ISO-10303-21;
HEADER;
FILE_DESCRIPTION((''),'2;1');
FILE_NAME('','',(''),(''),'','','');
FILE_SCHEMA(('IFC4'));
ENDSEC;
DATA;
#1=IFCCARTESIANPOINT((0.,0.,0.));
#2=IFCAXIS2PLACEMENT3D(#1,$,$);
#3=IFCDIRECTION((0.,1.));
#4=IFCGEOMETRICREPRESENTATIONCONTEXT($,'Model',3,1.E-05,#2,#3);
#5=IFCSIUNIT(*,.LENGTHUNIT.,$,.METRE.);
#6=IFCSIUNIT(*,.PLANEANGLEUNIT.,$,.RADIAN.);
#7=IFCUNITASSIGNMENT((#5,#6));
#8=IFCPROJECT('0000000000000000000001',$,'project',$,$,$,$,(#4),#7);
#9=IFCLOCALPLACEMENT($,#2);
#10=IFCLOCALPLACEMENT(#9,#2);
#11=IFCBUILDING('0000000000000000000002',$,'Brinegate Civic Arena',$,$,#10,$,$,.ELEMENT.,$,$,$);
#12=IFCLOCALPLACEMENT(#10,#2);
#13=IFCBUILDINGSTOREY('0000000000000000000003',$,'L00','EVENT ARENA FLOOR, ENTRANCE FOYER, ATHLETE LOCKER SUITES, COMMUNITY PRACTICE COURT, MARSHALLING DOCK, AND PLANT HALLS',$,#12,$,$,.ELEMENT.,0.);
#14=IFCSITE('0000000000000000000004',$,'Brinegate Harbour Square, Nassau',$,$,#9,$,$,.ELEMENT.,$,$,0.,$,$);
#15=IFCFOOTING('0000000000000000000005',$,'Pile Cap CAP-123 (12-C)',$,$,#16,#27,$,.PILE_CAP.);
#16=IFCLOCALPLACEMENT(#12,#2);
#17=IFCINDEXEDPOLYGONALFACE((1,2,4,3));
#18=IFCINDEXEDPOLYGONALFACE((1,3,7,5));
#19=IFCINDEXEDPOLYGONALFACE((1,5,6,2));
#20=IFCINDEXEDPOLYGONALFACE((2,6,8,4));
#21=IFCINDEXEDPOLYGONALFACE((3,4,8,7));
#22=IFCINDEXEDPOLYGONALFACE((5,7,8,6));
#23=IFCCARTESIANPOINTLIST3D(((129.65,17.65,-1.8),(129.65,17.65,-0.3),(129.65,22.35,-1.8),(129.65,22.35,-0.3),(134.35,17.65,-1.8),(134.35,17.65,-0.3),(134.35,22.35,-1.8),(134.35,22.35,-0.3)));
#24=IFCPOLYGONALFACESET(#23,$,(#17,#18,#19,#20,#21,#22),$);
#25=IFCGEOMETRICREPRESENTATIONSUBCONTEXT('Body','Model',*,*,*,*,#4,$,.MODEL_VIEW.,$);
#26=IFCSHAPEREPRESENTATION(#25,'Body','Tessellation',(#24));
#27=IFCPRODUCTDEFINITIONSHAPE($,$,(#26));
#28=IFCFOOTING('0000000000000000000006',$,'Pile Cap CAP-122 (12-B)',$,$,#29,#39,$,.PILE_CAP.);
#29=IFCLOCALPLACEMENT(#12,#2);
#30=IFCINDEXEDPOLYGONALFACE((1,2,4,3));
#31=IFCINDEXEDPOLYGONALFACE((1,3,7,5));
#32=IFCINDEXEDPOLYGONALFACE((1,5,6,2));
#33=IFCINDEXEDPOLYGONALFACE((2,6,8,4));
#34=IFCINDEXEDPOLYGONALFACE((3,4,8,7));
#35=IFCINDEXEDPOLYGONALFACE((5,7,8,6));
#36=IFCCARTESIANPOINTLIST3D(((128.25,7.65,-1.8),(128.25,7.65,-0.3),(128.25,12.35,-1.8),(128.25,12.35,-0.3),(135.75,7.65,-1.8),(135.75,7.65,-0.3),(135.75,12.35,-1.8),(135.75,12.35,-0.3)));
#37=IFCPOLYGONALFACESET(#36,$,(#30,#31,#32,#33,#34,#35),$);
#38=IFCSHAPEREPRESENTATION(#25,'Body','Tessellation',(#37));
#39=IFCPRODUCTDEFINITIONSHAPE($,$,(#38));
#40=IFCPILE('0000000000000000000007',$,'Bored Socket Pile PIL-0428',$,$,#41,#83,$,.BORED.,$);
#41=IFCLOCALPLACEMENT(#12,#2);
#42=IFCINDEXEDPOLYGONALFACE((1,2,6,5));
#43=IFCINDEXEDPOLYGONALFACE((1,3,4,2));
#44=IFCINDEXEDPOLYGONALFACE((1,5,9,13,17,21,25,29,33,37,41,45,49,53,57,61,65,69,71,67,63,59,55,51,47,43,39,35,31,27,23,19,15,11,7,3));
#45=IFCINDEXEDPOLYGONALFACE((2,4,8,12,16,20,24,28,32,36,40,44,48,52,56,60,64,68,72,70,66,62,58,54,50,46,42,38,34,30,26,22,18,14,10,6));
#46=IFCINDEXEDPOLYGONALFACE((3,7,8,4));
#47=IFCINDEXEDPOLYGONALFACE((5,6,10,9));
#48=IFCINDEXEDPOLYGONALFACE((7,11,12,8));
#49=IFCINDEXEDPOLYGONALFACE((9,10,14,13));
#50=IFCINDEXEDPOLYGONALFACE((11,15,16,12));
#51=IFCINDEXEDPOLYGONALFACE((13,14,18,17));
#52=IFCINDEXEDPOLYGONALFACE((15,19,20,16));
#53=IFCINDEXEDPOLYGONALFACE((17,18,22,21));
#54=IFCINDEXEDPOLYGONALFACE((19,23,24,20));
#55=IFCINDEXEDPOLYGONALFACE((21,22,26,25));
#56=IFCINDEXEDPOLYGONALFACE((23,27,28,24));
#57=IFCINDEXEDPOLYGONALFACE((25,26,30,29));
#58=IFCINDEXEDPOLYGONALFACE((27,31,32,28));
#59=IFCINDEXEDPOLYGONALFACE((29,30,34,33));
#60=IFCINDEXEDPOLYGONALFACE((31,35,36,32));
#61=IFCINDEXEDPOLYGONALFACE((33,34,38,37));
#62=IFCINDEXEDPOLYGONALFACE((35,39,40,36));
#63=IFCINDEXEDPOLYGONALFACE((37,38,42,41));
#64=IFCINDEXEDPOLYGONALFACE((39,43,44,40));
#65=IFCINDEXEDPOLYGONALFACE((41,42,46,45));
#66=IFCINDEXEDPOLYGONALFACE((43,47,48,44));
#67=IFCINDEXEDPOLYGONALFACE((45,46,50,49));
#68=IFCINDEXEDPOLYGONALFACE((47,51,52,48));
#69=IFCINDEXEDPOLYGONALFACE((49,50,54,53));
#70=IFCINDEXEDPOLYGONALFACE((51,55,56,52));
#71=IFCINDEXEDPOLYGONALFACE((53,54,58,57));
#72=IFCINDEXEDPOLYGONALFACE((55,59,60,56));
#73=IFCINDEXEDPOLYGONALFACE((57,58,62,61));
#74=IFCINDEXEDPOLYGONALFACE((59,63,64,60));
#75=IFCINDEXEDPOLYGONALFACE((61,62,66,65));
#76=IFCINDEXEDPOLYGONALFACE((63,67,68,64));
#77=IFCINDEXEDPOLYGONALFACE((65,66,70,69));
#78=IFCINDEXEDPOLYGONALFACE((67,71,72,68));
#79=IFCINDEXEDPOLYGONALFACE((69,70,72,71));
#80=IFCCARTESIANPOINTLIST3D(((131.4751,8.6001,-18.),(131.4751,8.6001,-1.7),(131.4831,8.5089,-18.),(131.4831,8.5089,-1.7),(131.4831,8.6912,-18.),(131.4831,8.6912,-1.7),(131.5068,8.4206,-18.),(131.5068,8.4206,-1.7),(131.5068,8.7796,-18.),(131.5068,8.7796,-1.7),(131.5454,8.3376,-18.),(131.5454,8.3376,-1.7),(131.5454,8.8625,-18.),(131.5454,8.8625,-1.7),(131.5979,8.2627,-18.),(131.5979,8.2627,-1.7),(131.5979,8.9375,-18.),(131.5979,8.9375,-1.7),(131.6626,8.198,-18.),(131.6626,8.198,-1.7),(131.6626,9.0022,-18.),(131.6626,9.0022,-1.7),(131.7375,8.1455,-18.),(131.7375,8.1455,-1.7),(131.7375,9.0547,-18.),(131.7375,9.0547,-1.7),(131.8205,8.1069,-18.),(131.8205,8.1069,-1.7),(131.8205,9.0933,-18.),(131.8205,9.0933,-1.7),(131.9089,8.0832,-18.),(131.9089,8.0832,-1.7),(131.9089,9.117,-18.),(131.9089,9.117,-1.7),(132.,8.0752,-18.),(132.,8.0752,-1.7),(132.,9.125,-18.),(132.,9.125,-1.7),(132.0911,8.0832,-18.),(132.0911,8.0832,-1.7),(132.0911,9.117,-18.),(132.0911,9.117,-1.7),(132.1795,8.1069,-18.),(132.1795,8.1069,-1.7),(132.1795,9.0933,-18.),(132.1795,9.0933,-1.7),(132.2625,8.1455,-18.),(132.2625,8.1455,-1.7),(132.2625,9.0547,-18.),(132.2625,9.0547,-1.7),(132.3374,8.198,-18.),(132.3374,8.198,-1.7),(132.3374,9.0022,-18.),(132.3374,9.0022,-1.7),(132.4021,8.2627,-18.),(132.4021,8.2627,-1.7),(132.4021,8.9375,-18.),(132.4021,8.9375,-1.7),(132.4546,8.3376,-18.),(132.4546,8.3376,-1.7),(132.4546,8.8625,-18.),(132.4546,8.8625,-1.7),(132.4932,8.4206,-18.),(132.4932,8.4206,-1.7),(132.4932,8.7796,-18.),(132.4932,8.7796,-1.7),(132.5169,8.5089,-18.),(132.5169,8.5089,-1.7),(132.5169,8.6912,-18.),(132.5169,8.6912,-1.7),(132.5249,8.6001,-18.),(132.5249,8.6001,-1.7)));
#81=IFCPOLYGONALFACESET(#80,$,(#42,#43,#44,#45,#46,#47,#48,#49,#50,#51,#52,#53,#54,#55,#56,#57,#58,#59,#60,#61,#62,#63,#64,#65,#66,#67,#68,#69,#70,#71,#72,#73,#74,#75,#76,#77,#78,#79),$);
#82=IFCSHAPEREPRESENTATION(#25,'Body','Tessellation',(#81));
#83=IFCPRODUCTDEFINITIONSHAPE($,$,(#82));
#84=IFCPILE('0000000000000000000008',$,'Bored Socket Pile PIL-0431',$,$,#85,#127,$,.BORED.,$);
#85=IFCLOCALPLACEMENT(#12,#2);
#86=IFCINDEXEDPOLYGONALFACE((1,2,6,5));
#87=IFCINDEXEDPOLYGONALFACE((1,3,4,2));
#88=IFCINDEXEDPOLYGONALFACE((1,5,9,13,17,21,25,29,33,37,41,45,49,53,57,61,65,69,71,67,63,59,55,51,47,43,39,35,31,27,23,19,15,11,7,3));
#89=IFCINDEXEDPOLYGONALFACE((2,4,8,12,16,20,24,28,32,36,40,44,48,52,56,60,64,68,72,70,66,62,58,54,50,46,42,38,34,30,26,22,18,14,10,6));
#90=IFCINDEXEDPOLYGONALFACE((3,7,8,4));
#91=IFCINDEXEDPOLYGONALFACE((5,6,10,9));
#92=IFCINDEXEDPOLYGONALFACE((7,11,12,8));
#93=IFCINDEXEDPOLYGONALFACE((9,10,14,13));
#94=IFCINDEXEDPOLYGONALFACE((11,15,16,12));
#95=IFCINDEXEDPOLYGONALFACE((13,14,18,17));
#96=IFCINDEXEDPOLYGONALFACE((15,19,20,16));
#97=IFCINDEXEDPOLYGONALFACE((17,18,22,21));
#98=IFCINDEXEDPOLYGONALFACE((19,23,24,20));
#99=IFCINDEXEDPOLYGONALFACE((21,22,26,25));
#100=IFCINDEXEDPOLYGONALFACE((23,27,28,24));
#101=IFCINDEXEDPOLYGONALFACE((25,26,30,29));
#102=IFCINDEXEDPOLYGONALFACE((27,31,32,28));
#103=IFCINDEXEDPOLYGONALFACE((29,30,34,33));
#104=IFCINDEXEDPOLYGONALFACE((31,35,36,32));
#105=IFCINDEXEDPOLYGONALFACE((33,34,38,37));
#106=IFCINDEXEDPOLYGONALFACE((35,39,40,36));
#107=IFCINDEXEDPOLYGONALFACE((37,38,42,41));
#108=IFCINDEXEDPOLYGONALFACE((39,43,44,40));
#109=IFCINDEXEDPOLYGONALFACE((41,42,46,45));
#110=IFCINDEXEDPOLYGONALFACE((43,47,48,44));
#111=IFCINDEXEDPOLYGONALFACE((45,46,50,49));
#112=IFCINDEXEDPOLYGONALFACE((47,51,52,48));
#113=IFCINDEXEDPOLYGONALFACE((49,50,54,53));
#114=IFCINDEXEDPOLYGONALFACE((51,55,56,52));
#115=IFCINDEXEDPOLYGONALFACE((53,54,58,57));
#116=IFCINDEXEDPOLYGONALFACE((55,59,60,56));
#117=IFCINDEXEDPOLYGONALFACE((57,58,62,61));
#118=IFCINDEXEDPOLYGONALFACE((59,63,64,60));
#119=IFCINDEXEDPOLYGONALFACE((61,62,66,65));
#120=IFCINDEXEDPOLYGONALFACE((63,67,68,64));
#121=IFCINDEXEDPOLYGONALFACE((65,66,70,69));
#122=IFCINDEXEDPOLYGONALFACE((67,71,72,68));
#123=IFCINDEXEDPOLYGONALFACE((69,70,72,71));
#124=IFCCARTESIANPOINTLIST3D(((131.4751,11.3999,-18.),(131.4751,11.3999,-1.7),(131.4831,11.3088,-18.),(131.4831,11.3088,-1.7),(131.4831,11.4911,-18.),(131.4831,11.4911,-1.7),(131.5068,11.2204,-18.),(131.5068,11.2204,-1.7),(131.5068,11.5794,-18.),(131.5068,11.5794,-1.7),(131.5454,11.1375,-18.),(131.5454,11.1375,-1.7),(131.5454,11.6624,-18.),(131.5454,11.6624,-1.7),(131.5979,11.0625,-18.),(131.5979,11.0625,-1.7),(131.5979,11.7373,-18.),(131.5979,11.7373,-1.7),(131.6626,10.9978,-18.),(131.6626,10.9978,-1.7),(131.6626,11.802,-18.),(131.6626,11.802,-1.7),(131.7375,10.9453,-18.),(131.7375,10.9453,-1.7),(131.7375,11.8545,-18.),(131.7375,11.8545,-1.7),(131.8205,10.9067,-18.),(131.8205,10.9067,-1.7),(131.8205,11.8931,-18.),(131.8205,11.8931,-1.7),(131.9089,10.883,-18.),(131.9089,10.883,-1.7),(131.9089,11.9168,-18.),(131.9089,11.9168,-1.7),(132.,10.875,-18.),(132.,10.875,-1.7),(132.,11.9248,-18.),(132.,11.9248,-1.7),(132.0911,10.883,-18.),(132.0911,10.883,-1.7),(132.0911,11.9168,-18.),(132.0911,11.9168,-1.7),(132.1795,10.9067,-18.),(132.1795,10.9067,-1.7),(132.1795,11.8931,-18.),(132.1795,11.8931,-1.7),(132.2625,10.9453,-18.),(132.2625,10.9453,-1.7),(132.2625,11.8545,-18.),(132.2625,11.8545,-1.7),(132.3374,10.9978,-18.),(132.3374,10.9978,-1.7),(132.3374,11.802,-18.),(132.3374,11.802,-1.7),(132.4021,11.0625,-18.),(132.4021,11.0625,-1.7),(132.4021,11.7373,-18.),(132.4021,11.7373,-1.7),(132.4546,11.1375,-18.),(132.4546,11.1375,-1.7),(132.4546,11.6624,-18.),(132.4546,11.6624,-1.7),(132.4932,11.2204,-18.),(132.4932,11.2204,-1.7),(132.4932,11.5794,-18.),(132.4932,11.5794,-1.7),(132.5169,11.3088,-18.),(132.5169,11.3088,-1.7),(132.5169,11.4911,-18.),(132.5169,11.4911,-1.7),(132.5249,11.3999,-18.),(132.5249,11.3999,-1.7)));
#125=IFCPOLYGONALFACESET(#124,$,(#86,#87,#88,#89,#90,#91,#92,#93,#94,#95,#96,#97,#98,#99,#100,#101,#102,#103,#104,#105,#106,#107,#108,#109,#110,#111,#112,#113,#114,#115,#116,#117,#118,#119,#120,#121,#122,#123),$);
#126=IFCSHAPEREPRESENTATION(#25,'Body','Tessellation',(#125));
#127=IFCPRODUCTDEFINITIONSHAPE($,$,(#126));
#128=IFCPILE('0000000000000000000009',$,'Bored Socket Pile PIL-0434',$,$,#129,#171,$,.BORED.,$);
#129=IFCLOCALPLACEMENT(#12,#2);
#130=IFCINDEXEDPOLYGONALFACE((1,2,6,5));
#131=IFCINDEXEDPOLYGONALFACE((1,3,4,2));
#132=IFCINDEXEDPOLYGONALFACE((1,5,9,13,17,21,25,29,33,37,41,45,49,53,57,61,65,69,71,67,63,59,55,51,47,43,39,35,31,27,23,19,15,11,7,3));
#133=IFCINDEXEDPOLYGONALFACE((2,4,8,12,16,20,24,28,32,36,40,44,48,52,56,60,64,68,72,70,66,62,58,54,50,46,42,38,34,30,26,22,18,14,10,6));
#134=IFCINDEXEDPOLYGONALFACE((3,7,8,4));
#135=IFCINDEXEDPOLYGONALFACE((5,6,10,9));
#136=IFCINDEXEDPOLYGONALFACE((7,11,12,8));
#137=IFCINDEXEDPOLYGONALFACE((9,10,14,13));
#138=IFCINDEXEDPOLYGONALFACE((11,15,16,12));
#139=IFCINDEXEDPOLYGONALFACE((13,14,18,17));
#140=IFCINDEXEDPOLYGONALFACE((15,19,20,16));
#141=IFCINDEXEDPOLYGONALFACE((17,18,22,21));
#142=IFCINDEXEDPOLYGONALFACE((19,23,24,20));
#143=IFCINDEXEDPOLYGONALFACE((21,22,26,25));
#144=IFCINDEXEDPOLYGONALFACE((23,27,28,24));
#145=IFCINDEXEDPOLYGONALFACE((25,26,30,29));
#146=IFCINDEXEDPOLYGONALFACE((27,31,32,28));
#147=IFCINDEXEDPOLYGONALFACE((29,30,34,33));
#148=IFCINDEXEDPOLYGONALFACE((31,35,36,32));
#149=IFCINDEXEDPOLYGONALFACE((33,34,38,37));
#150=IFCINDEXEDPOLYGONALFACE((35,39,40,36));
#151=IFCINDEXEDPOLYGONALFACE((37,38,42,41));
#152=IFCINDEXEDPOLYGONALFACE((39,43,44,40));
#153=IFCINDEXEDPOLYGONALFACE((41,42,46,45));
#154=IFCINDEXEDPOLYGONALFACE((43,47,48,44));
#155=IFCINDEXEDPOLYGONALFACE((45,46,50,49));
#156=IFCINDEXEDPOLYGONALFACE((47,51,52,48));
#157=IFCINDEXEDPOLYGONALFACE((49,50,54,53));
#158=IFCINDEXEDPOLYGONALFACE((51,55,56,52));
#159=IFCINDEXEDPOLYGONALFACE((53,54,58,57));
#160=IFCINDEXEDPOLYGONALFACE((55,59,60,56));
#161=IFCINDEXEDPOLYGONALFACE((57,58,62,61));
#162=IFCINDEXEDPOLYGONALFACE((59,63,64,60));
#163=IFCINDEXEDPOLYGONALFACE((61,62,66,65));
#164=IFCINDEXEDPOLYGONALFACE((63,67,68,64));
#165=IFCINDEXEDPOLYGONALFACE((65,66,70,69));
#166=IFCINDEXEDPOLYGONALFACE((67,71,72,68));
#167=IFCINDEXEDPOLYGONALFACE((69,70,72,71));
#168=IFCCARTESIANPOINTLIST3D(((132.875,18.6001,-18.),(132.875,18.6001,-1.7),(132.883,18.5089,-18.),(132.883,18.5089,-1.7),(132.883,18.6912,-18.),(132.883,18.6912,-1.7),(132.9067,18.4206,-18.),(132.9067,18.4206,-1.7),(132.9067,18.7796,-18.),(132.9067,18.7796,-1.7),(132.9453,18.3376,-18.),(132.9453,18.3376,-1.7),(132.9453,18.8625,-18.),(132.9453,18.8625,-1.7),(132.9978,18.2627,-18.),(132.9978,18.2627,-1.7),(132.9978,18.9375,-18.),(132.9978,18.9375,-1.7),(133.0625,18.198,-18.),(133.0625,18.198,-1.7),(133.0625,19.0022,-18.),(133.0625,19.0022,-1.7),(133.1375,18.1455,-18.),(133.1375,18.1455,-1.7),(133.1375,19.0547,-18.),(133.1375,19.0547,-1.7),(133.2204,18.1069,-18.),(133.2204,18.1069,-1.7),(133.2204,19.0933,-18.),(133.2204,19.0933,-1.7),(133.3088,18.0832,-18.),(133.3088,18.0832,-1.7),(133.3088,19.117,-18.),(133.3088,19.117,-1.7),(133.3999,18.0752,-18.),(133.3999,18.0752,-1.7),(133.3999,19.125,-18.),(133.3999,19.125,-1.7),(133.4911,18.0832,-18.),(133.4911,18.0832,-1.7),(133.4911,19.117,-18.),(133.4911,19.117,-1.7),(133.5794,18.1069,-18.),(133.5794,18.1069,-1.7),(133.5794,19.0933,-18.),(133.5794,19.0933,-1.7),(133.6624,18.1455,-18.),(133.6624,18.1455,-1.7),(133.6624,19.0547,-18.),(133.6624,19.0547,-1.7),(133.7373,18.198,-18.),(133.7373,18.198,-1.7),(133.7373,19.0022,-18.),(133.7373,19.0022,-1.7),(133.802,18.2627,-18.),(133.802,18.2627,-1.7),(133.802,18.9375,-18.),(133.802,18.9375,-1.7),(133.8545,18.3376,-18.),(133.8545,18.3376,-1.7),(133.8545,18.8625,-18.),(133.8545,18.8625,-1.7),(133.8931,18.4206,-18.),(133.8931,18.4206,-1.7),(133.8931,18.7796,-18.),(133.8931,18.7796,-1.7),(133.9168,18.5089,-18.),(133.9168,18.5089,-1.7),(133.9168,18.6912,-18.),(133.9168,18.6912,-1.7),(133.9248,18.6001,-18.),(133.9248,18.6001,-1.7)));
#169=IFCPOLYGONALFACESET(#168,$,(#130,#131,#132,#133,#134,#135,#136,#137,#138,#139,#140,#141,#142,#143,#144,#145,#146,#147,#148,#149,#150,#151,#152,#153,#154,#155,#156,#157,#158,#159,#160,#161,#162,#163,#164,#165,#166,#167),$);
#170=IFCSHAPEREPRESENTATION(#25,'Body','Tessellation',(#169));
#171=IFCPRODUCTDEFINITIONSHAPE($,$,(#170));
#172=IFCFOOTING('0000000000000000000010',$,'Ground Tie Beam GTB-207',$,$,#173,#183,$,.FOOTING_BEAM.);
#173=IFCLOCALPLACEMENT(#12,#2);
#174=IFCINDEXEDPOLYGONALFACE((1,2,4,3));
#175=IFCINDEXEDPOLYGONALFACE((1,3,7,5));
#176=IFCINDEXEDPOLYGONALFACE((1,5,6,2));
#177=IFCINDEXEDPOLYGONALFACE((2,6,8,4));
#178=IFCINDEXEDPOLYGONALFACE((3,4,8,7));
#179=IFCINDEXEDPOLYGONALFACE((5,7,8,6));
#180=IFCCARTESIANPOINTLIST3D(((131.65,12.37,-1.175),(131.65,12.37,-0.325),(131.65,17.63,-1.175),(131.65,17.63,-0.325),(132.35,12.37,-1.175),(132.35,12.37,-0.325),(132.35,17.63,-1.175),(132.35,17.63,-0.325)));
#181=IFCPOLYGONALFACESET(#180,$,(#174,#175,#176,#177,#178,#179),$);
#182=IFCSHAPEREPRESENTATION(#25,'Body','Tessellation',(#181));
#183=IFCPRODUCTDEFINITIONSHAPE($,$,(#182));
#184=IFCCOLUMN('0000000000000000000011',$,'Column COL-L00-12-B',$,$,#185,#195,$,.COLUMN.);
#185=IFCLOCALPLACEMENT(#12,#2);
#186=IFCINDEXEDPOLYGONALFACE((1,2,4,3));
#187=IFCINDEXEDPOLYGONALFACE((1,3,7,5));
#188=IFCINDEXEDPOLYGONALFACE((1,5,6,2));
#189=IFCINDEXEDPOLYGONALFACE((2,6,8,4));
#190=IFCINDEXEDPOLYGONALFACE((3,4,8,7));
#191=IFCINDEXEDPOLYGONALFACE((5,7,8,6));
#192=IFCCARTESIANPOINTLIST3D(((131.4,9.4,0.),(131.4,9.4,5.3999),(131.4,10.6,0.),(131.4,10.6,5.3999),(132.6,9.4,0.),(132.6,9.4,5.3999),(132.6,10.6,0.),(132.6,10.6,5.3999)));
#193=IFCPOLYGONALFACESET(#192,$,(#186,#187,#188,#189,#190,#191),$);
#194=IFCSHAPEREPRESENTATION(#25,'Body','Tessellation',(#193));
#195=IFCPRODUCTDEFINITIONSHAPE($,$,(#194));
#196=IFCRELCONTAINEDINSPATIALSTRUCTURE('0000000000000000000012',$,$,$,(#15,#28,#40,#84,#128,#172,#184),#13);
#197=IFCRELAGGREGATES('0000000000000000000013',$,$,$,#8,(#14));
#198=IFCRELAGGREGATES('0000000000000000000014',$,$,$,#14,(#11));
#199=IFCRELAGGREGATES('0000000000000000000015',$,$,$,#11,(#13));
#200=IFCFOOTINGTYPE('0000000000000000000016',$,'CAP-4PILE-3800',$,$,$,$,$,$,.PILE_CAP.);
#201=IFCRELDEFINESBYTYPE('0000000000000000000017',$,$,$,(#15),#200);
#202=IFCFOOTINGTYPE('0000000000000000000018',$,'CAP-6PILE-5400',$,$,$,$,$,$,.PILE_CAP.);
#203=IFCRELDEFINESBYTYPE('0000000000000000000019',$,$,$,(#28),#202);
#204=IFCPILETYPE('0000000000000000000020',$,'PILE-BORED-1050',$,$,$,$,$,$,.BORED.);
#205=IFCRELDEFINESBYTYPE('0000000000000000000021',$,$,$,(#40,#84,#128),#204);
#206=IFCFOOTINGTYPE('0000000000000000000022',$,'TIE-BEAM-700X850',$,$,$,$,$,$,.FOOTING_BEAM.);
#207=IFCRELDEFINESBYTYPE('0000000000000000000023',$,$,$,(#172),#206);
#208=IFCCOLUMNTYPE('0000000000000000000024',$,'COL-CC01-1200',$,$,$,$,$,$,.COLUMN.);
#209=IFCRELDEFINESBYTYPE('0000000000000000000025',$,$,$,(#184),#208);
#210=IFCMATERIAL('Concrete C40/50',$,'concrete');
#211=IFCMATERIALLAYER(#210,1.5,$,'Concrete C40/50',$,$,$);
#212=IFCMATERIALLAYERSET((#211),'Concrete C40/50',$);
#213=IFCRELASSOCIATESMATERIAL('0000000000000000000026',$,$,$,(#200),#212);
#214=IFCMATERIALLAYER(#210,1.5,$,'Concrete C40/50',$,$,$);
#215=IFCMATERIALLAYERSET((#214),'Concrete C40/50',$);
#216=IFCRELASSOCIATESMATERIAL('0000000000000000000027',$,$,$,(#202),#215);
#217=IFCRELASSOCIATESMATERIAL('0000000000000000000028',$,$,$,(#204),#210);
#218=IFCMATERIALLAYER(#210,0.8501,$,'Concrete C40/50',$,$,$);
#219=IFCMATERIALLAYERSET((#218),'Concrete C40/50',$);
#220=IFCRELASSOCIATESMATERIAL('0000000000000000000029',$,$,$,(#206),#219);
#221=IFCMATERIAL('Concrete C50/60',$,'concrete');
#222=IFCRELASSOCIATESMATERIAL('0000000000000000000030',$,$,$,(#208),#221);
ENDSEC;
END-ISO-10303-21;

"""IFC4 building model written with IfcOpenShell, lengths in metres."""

from ifc_helpers import new_model, si_unit, direction, frame, origin, origin_2d, place, context, subcontext, project, spatial, rectangle, circle, extrude, material, layer, layer_set, material_profile, profile_set, type_object, element, save


model = new_model("IFC4")

# Units and contexts
model_context = context("Model", 3, precision=1e-05, world=origin(), true_north=direction((0.0, 1.0)))
body_context = subcontext(model_context, "Body", "Model", "MODEL_VIEW")
ifc_project = project(units=[si_unit("LENGTHUNIT", "METRE"), si_unit("PLANEANGLEUNIT", "RADIAN")], contexts=[model_context])

# Site, building, storey
site_placement = place(None, origin())
site = spatial("IfcSite", under=ifc_project, at=site_placement, Name="Brinegate Harbour Square, Nassau", CompositionType="ELEMENT", RefElevation=0.0)
building_placement = place(site_placement, origin())
building = spatial("IfcBuilding", under=site, at=building_placement, Name="Brinegate Civic Arena", CompositionType="ELEMENT")
storey_placement = place(building_placement, origin())
storey = spatial("IfcBuildingStorey", under=building, at=storey_placement, Name="L00", Description="EVENT ARENA FLOOR, ENTRANCE FOYER, ATHLETE LOCKER SUITES, COMMUNITY PRACTICE COURT, MARSHALLING DOCK, AND PLANT HALLS", CompositionType="ELEMENT", Elevation=0.0)

# Footings
ifc_material_1 = material(Name="Concrete C40/50", Category="concrete")
ifc_layer_1 = layer(ifc_material_1, 1.5, Name="Concrete C40/50")
ifc_layer_set_1 = layer_set([ifc_layer_1], Name="Concrete C40/50")
footing_type_1 = type_object("IfcFootingType", Name="CAP-4PILE-3800", PredefinedType="PILE_CAP", material=ifc_layer_set_1)
footing_1_placement = place(storey_placement, frame((132.0, 20.0, -1.8), z_axis=(0.0, 0.0, 1.0), x_axis=(1.0, 0.0, 0.0)))
element("IfcFooting", 1, at=footing_1_placement, inside=storey, type_object=footing_type_1, Name="Pile Cap CAP-123 (12-C)", PredefinedType="PILE_CAP", context=body_context, shape_type="SweptSolid", body=[
    extrude(rectangle(XDim=4.7, YDim=4.7, at=origin_2d()), origin(), (0.0, 0.0, 1.0), 1.5),
])
ifc_layer_2 = layer(ifc_material_1, 1.5, Name="Concrete C40/50")
ifc_layer_set_2 = layer_set([ifc_layer_2], Name="Concrete C40/50")
footing_type_2 = type_object("IfcFootingType", Name="CAP-6PILE-5400", PredefinedType="PILE_CAP", material=ifc_layer_set_2)
footing_2_placement = place(storey_placement, frame((132.0, 10.0, -1.8), z_axis=(0.0, 0.0, 1.0), x_axis=(1.0, 0.0, 0.0)))
element("IfcFooting", 2, at=footing_2_placement, inside=storey, type_object=footing_type_2, Name="Pile Cap CAP-122 (12-B)", PredefinedType="PILE_CAP", context=body_context, shape_type="SweptSolid", body=[
    extrude(rectangle(XDim=7.5, YDim=4.7, at=origin_2d()), origin(), (0.0, 0.0, 1.0), 1.5),
])

# Piles
ifc_material_profile_1 = material_profile(ifc_material_1, circle(Radius=0.5249, at=origin_2d()), Name="PILED1050")
ifc_profile_set_1 = profile_set([ifc_material_profile_1], Name="Concrete C40/50")
pile_type = type_object("IfcPileType", Name="PILE-BORED-1050", PredefinedType="BORED", material=ifc_profile_set_1)
for number, where, z_axis, x_axis, name in (
    (3, (132.0, 8.6001, -1.7), (0.0, 0.0, -1.0), (1.0, 0.0, 0.0), "Bored Socket Pile PIL-0428"),
    (4, (132.0, 11.3999, -1.7), (0.0, 0.0, -1.0), (1.0, 0.0, 0.0), "Bored Socket Pile PIL-0431"),
    (5, (133.3999, 18.6001, -1.7), (0.0, 0.0, -1.0), (1.0, 0.0, 0.0), "Bored Socket Pile PIL-0434"),
):
    element("IfcPile", number, at=place(storey_placement, frame(where, z_axis=z_axis, x_axis=x_axis)), inside=storey, type_object=pile_type, Name=name, PredefinedType="BORED", context=body_context, shape_type="SweptSolid", body=[
        extrude(circle(Radius=0.5249, at=origin_2d()), origin(), (0.0, 0.0, 1.0), 16.3),
    ])

# Footing
ifc_layer_3 = layer(ifc_material_1, 0.8501, Name="Concrete C40/50")
ifc_layer_set_3 = layer_set([ifc_layer_3], Name="Concrete C40/50")
footing_type_3 = type_object("IfcFootingType", Name="TIE-BEAM-700X850", PredefinedType="FOOTING_BEAM", material=ifc_layer_set_3)
footing_3_placement = place(storey_placement, frame((132.0, 15.0, -1.175), z_axis=(0.0, 0.0, 1.0), x_axis=(0.0, 1.0, 0.0)))
element("IfcFooting", 6, at=footing_3_placement, inside=storey, type_object=footing_type_3, Name="Ground Tie Beam GTB-207", PredefinedType="FOOTING_BEAM", context=body_context, shape_type="SweptSolid", body=[
    extrude(rectangle(XDim=5.26, YDim=0.7, at=origin_2d()), origin(), (0.0, 0.0, 1.0), 0.8501),
])

# Column
ifc_material_2 = material(Name="Concrete C50/60", Category="concrete")
ifc_material_profile_2 = material_profile(ifc_material_2, rectangle(XDim=1.2, YDim=1.2, at=origin_2d()), Name="RC1200X1200")
ifc_profile_set_2 = profile_set([ifc_material_profile_2], Name="Concrete C50/60")
column_type_1 = type_object("IfcColumnType", Name="COL-CC01-1200", PredefinedType="COLUMN", material=ifc_profile_set_2)
column_1_placement = place(storey_placement, frame((132.0, 10.0, 0.0), z_axis=(0.0, 0.0, 1.0), x_axis=(1.0, 0.0, 0.0)))
element("IfcColumn", 7, at=column_1_placement, inside=storey, type_object=column_type_1, Name="Column COL-L00-12-B", PredefinedType="COLUMN", context=body_context, shape_type="SweptSolid", body=[
    extrude(rectangle(XDim=1.2, YDim=1.2, at=origin_2d()), origin(), (0.0, 0.0, 1.0), 5.3999),
])

save(model, "model.ifc")
